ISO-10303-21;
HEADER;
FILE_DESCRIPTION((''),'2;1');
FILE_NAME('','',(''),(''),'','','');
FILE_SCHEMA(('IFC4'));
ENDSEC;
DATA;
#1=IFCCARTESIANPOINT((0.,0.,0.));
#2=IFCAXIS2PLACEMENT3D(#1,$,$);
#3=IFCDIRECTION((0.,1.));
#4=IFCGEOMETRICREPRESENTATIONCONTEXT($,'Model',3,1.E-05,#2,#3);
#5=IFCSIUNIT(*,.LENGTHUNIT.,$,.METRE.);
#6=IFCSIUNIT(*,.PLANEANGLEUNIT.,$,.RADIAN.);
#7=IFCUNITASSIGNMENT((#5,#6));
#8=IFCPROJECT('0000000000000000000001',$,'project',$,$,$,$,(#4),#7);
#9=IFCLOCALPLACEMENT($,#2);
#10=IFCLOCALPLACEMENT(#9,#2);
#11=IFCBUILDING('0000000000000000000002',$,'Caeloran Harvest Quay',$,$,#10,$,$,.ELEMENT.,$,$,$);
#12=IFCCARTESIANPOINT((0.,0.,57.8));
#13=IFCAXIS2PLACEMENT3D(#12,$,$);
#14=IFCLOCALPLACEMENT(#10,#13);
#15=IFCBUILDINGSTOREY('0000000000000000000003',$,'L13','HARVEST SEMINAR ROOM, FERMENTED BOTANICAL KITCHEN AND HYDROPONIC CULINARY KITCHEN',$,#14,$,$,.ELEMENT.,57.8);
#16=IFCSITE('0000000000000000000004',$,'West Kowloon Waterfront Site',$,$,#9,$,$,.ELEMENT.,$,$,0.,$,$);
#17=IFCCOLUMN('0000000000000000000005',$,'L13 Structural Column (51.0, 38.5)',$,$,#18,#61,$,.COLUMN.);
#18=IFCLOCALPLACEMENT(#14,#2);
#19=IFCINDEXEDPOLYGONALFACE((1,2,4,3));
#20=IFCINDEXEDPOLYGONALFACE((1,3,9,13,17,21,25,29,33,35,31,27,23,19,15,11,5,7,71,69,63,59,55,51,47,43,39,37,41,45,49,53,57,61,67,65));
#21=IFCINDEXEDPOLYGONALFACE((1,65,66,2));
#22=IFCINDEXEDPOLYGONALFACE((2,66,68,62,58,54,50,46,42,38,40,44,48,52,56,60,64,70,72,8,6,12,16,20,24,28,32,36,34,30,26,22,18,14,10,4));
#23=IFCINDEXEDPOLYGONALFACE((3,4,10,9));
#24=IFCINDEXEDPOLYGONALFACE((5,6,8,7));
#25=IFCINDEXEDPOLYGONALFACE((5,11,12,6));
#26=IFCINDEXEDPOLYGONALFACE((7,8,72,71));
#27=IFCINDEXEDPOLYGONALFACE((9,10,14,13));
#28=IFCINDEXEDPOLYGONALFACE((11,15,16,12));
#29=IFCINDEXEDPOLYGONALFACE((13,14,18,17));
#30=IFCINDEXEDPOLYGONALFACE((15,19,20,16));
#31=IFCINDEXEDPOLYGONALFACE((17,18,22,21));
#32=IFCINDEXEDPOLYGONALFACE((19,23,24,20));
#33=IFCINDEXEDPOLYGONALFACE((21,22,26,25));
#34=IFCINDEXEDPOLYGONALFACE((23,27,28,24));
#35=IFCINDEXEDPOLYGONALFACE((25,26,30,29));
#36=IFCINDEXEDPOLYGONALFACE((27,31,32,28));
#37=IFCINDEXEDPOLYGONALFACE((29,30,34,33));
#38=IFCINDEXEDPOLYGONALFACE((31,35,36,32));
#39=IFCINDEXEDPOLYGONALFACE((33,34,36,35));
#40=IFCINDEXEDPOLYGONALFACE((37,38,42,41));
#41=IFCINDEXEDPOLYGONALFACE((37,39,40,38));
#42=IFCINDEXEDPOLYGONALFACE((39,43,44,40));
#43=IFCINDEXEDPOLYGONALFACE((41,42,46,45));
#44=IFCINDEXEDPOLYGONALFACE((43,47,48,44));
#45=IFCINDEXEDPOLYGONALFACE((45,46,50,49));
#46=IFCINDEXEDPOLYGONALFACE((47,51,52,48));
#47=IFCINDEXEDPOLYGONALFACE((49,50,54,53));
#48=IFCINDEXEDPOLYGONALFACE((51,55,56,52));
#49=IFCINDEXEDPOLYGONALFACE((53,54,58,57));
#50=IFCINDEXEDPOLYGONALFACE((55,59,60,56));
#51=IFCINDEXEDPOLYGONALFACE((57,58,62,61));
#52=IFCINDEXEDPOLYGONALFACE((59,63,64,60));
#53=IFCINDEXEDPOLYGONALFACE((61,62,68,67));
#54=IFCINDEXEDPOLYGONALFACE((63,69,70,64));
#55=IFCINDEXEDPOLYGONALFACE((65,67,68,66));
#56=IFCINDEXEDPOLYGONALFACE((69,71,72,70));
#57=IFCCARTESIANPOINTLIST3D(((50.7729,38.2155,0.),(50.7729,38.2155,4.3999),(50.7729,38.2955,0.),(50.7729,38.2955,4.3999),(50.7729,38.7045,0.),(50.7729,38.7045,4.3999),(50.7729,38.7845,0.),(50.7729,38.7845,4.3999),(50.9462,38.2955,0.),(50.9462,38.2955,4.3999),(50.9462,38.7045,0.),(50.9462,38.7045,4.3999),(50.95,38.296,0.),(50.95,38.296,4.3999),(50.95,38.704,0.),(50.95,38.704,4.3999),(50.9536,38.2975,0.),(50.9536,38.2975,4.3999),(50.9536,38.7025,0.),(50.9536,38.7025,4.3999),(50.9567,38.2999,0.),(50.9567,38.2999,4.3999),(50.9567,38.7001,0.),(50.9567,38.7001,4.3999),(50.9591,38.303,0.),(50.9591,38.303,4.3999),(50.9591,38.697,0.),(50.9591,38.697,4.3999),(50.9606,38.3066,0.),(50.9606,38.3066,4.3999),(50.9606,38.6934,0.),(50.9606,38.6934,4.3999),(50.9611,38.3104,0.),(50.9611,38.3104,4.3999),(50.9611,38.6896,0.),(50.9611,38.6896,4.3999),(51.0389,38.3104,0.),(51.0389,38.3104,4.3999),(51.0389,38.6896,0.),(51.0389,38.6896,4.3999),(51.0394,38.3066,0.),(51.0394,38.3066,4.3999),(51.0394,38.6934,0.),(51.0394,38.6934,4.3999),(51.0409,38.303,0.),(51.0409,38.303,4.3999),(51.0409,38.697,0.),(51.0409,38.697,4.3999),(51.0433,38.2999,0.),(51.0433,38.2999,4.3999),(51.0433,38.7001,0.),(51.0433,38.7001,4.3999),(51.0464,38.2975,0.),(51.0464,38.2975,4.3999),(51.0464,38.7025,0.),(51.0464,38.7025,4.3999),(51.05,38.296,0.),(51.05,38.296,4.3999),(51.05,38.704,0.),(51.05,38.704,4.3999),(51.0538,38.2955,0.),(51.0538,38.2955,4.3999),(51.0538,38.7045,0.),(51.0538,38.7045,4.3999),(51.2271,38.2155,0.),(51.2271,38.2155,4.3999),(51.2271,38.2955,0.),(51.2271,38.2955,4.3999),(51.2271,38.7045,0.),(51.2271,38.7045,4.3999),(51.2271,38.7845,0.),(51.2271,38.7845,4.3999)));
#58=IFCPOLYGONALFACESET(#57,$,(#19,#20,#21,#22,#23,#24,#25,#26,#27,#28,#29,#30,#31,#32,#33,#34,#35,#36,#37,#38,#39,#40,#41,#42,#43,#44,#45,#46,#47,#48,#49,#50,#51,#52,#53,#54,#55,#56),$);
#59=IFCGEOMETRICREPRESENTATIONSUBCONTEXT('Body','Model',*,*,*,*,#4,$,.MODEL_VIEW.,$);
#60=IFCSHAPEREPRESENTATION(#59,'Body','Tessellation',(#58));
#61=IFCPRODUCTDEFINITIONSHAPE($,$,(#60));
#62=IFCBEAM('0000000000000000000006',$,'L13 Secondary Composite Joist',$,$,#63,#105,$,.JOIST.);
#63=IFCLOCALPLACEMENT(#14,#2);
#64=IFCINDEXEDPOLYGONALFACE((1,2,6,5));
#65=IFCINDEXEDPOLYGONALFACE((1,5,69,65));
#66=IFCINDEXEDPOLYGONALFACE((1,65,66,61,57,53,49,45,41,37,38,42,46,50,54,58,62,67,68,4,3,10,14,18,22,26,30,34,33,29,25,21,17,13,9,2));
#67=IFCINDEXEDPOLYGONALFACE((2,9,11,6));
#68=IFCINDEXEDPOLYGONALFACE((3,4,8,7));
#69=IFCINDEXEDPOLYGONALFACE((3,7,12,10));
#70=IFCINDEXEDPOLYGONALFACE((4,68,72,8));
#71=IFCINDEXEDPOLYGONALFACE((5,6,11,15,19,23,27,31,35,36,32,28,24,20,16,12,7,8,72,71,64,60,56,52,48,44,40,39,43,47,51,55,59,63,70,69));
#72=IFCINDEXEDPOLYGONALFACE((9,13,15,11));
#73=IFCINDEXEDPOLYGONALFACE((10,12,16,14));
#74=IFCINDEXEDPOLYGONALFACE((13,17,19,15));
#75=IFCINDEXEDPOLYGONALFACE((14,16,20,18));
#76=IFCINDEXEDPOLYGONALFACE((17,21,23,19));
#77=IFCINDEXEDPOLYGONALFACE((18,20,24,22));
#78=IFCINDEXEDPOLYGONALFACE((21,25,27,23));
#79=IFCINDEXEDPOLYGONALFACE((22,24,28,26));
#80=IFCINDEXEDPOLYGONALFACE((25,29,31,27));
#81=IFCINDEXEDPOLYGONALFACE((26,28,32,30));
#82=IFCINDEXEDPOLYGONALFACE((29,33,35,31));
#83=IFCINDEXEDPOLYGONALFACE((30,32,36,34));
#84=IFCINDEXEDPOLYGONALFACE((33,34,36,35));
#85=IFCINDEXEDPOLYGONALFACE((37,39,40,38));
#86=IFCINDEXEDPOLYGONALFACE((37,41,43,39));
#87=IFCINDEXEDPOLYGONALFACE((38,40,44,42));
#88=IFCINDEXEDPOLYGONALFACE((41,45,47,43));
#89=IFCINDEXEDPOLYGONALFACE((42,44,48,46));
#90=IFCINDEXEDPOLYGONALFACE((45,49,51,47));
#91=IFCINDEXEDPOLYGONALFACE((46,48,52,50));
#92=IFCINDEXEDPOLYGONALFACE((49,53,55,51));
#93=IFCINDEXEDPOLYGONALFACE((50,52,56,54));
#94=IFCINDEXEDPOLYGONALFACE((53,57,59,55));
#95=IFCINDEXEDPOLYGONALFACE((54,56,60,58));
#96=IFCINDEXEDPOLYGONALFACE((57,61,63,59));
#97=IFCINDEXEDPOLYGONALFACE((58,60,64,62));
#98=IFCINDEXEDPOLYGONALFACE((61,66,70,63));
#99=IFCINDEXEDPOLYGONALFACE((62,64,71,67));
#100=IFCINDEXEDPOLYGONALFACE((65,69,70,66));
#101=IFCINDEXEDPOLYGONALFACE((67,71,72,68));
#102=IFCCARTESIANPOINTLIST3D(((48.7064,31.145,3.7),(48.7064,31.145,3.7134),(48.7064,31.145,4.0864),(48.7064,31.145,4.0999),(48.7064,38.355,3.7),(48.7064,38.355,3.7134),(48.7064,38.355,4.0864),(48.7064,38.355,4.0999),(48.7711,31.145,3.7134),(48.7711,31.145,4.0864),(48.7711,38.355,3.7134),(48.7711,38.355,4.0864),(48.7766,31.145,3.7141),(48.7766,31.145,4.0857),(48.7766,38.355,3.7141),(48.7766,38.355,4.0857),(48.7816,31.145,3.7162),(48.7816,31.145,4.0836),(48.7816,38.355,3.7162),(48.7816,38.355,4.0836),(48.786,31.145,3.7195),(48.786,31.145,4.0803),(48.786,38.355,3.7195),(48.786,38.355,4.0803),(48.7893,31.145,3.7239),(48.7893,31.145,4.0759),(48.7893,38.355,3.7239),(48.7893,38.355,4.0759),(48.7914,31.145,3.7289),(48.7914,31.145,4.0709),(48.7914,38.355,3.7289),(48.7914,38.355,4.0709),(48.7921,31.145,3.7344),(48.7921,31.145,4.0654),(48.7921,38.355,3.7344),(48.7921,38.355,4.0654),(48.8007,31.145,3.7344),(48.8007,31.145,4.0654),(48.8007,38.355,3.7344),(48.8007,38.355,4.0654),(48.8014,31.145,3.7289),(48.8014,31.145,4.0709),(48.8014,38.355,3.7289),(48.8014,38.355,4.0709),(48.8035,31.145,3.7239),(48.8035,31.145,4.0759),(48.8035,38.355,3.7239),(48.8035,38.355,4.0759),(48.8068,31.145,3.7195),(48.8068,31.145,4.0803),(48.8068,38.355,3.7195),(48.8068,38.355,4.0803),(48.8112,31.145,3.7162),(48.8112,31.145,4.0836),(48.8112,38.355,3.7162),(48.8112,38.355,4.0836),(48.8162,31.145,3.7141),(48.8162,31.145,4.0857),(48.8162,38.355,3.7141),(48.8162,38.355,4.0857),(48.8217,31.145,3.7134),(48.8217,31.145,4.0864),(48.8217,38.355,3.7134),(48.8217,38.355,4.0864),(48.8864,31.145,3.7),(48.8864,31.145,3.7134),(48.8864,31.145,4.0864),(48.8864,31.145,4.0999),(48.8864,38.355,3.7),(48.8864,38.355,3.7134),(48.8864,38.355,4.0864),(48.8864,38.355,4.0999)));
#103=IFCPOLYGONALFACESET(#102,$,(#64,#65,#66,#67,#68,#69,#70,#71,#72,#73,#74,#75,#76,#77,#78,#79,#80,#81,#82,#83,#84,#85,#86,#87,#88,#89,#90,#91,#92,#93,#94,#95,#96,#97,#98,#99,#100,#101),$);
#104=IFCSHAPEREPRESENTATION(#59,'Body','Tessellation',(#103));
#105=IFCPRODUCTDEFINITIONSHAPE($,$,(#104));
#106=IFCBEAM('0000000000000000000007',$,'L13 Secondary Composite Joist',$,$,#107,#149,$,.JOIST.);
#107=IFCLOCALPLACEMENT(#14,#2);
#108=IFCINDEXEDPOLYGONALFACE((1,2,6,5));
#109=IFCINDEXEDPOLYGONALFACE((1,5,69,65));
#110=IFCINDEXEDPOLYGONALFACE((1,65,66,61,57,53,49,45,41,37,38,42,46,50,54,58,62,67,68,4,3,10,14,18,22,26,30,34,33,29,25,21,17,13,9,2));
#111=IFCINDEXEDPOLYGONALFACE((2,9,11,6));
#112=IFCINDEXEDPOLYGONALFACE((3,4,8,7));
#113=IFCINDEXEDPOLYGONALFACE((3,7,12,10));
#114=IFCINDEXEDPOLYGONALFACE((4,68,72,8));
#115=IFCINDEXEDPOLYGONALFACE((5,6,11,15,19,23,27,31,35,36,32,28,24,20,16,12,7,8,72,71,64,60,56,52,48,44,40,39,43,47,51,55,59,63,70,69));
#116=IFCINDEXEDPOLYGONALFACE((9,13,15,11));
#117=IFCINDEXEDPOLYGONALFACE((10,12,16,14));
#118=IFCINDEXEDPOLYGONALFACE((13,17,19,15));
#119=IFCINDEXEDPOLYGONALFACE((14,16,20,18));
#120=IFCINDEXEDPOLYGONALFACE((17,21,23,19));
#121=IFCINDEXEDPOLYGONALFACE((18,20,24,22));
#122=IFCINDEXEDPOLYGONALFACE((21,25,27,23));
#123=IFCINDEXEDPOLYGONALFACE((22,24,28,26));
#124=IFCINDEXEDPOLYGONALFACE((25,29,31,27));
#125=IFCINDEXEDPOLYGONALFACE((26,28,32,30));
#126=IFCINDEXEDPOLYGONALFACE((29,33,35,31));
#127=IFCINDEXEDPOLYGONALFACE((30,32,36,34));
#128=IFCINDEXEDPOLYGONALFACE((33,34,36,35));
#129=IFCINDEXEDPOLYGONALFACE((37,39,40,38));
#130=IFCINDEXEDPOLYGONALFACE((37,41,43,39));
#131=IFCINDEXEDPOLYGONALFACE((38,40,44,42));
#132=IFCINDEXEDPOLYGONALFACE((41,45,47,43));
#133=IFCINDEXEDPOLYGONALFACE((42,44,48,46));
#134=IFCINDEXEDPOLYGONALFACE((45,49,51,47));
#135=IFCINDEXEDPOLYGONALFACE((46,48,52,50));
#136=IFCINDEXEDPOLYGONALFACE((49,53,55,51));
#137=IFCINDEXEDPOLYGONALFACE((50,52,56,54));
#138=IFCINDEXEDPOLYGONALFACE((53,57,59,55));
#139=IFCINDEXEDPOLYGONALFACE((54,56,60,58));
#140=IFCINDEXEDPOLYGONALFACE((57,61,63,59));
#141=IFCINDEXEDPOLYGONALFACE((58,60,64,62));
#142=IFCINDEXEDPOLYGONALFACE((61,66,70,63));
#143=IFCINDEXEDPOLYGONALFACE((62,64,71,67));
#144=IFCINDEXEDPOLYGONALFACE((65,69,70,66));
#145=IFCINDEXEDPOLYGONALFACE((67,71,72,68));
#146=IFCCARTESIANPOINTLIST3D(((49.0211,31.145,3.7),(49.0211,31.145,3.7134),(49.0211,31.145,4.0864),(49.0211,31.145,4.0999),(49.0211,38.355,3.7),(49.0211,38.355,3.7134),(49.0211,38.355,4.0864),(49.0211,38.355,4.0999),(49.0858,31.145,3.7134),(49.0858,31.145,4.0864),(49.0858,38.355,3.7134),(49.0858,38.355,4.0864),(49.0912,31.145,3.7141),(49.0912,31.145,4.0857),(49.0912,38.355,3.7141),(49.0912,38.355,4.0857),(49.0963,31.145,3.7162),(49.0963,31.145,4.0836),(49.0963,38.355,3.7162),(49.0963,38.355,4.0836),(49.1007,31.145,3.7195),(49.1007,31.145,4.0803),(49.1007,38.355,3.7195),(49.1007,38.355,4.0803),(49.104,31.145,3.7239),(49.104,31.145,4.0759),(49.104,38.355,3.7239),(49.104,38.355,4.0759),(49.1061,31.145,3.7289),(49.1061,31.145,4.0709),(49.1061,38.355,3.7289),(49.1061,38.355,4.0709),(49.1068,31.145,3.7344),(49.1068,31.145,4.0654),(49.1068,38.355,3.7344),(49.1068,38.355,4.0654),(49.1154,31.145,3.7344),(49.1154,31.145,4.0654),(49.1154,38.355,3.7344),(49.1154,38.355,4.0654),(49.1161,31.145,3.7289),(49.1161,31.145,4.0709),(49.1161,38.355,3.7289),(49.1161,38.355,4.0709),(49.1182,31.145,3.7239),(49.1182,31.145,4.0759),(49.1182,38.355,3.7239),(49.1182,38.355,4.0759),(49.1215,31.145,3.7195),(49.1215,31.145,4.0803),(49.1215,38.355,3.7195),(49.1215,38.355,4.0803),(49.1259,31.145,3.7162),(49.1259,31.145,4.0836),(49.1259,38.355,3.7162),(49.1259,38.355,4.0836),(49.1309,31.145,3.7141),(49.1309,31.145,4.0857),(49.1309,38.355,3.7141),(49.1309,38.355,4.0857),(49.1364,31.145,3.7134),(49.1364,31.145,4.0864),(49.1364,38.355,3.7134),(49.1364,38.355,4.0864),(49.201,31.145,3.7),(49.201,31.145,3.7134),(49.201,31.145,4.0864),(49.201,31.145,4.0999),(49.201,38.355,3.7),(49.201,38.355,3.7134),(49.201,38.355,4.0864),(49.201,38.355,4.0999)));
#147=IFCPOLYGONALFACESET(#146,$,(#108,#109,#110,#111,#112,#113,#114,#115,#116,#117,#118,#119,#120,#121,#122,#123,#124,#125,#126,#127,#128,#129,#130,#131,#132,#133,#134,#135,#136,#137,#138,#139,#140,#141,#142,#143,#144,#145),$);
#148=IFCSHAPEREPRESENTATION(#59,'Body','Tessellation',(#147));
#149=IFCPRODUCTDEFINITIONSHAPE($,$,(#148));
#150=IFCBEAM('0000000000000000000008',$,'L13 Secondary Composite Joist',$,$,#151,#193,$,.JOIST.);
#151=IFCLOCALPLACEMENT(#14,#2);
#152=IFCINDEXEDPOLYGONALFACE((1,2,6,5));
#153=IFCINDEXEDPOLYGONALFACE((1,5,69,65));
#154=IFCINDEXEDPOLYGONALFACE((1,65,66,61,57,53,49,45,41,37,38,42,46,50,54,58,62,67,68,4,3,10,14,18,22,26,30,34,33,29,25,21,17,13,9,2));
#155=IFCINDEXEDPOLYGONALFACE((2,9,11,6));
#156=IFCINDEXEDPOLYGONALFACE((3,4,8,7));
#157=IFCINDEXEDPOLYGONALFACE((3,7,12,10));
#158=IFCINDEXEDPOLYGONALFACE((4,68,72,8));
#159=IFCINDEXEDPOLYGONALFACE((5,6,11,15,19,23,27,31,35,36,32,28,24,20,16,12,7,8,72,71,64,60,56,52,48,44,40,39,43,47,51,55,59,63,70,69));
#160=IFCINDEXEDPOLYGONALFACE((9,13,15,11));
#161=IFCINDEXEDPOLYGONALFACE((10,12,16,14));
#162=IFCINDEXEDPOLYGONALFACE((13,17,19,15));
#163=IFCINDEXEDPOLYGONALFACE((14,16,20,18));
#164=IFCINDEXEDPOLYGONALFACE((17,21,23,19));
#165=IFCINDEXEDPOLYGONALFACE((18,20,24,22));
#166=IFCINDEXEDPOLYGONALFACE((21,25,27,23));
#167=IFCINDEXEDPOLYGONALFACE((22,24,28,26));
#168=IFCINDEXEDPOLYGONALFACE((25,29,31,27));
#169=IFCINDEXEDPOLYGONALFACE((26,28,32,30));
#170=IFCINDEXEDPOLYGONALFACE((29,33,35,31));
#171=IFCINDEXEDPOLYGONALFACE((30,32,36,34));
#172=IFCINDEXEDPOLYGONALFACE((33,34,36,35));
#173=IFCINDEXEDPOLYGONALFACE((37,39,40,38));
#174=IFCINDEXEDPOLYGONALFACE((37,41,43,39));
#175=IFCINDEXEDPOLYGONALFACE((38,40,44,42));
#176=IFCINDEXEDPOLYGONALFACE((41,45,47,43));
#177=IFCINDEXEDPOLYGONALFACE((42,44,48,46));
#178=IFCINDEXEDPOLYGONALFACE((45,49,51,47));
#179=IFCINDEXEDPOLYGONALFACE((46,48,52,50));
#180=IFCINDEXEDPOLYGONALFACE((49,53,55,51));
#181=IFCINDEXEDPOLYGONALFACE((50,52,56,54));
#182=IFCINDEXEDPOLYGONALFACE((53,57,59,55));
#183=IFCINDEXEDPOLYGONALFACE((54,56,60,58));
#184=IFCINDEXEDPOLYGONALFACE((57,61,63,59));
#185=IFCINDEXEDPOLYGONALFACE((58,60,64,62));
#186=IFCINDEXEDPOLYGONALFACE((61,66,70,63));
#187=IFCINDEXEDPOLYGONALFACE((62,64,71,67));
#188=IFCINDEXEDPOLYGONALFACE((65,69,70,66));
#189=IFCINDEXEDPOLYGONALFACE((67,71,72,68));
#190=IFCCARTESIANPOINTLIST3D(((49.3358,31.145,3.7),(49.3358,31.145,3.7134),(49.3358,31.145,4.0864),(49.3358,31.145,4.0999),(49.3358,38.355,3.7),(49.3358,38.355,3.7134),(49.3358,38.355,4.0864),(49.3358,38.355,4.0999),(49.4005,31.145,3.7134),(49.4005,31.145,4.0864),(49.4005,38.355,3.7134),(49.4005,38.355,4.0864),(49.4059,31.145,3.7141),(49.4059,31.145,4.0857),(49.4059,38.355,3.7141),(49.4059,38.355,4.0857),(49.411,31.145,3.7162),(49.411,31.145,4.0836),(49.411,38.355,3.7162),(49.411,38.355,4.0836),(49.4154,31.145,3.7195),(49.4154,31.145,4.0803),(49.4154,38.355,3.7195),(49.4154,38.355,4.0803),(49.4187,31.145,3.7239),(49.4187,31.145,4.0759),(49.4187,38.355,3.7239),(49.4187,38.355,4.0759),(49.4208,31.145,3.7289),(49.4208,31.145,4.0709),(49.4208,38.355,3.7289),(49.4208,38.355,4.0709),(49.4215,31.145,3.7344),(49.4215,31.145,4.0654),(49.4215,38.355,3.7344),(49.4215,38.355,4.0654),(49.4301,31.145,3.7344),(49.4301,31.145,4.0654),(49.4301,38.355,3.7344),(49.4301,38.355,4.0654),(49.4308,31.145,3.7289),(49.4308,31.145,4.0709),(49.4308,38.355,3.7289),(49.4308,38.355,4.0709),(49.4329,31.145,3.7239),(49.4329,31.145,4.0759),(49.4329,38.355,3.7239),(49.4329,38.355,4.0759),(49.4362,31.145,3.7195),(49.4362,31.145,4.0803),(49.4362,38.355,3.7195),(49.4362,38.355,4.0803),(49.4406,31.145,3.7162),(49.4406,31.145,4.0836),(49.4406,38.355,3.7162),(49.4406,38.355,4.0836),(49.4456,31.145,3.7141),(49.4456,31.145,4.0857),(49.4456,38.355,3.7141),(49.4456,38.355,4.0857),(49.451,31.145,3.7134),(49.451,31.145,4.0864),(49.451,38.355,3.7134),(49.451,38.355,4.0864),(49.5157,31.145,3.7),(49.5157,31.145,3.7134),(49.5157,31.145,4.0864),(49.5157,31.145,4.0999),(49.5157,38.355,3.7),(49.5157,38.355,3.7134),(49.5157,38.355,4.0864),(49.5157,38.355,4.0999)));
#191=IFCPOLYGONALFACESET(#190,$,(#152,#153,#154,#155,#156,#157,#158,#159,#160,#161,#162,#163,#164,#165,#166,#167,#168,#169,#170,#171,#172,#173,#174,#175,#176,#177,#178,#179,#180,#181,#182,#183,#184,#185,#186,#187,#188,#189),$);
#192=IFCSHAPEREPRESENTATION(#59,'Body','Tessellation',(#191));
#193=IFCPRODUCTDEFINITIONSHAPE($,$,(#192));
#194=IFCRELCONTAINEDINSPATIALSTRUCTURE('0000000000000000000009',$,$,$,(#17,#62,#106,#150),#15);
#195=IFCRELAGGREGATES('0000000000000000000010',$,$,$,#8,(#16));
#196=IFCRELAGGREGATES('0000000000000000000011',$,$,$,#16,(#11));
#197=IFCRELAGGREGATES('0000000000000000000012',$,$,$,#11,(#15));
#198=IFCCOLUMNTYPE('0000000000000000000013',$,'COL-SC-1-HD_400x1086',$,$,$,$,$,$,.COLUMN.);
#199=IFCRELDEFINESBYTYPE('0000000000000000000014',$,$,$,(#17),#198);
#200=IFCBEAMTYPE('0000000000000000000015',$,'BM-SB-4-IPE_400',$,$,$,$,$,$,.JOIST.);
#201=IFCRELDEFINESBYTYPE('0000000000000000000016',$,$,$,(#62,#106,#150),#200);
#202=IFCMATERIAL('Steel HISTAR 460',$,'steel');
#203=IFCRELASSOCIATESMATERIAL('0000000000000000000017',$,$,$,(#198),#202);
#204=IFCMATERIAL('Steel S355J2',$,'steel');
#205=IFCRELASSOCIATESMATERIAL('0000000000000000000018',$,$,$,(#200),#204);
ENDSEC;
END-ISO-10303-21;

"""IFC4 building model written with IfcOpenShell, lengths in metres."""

from ifc_helpers import new_model, si_unit, direction, frame, origin, origin_2d, place, context, subcontext, project, spatial, i_section, extrude, material, material_profile, profile_set, type_object, element, save


model = new_model("IFC4")

# Units and contexts
model_context = context("Model", 3, precision=1e-05, world=origin(), true_north=direction((0.0, 1.0)))
body_context = subcontext(model_context, "Body", "Model", "MODEL_VIEW")
ifc_project = project(units=[si_unit("LENGTHUNIT", "METRE"), si_unit("PLANEANGLEUNIT", "RADIAN")], contexts=[model_context])

# Site, building, storey
site_placement = place(None, origin())
site = spatial("IfcSite", under=ifc_project, at=site_placement, Name="West Kowloon Waterfront Site", CompositionType="ELEMENT", RefElevation=0.0)
building_placement = place(site_placement, origin())
building = spatial("IfcBuilding", under=site, at=building_placement, Name="Caeloran Harvest Quay", CompositionType="ELEMENT")
storey_placement = place(building_placement, frame((0.0, 0.0, 57.8)))
storey = spatial("IfcBuildingStorey", under=building, at=storey_placement, Name="L13", Description="HARVEST SEMINAR ROOM, FERMENTED BOTANICAL KITCHEN AND HYDROPONIC CULINARY KITCHEN", CompositionType="ELEMENT", Elevation=57.8)

# Column
ifc_material_1 = material(Name="Steel HISTAR 460", Category="steel")
ifc_material_profile_1 = material_profile(ifc_material_1, i_section(OverallWidth=0.4541, OverallDepth=0.5691, WebThickness=0.0779, FlangeThickness=0.0801, FilletRadius=0.0149, at=origin_2d()), Name="HD 400x1086")
ifc_profile_set_1 = profile_set([ifc_material_profile_1], Name="Steel HISTAR 460")
column_type = type_object("IfcColumnType", Name="COL-SC-1-HD_400x1086", PredefinedType="COLUMN", material=ifc_profile_set_1)
column_placement = place(storey_placement, frame((51.0, 38.5, 0.0), z_axis=(0.0, 0.0, 1.0), x_axis=(1.0, 0.0, 0.0)))
element("IfcColumn", 1, at=column_placement, inside=storey, type_object=column_type, Name="L13 Structural Column (51.0, 38.5)", PredefinedType="COLUMN", context=body_context, shape_type="SweptSolid", body=[
    extrude(i_section(OverallWidth=0.4541, OverallDepth=0.5691, WebThickness=0.0779, FlangeThickness=0.0801, FilletRadius=0.0149, at=origin_2d()), origin(), (0.0, 0.0, 1.0), 4.3999),
])

# Beams
ifc_material_2 = material(Name="Steel S355J2", Category="steel")
ifc_material_profile_2 = material_profile(ifc_material_2, i_section(OverallWidth=0.1799, OverallDepth=0.3999, WebThickness=0.0085, FlangeThickness=0.0134, FilletRadius=0.021, at=origin_2d()), Name="IPE 400")
ifc_profile_set_2 = profile_set([ifc_material_profile_2], Name="Steel S355J2")
beam_type_1 = type_object("IfcBeamType", Name="BM-SB-4-IPE_400", PredefinedType="JOIST", material=ifc_profile_set_2)
for number, where, z_axis, x_axis, name in (
    (2, (48.7964, 31.145, 3.8999), (0.0, 1.0, 0.0), (-1.0, 0.0, 0.0), "L13 Secondary Composite Joist"),
    (3, (49.1111, 31.145, 3.8999), (0.0, 1.0, 0.0), (-1.0, 0.0, 0.0), "L13 Secondary Composite Joist"),
    (4, (49.4258, 31.145, 3.8999), (0.0, 1.0, 0.0), (-1.0, 0.0, 0.0), "L13 Secondary Composite Joist"),
):
    element("IfcBeam", number, at=place(storey_placement, frame(where, z_axis=z_axis, x_axis=x_axis)), inside=storey, type_object=beam_type_1, Name=name, PredefinedType="JOIST", context=body_context, shape_type="SweptSolid", body=[
        extrude(i_section(OverallWidth=0.1799, OverallDepth=0.3999, WebThickness=0.0085, FlangeThickness=0.0134, FilletRadius=0.021, at=origin_2d()), origin(), (0.0, 0.0, 1.0), 7.21),
    ])

save(model, "model.ifc")
